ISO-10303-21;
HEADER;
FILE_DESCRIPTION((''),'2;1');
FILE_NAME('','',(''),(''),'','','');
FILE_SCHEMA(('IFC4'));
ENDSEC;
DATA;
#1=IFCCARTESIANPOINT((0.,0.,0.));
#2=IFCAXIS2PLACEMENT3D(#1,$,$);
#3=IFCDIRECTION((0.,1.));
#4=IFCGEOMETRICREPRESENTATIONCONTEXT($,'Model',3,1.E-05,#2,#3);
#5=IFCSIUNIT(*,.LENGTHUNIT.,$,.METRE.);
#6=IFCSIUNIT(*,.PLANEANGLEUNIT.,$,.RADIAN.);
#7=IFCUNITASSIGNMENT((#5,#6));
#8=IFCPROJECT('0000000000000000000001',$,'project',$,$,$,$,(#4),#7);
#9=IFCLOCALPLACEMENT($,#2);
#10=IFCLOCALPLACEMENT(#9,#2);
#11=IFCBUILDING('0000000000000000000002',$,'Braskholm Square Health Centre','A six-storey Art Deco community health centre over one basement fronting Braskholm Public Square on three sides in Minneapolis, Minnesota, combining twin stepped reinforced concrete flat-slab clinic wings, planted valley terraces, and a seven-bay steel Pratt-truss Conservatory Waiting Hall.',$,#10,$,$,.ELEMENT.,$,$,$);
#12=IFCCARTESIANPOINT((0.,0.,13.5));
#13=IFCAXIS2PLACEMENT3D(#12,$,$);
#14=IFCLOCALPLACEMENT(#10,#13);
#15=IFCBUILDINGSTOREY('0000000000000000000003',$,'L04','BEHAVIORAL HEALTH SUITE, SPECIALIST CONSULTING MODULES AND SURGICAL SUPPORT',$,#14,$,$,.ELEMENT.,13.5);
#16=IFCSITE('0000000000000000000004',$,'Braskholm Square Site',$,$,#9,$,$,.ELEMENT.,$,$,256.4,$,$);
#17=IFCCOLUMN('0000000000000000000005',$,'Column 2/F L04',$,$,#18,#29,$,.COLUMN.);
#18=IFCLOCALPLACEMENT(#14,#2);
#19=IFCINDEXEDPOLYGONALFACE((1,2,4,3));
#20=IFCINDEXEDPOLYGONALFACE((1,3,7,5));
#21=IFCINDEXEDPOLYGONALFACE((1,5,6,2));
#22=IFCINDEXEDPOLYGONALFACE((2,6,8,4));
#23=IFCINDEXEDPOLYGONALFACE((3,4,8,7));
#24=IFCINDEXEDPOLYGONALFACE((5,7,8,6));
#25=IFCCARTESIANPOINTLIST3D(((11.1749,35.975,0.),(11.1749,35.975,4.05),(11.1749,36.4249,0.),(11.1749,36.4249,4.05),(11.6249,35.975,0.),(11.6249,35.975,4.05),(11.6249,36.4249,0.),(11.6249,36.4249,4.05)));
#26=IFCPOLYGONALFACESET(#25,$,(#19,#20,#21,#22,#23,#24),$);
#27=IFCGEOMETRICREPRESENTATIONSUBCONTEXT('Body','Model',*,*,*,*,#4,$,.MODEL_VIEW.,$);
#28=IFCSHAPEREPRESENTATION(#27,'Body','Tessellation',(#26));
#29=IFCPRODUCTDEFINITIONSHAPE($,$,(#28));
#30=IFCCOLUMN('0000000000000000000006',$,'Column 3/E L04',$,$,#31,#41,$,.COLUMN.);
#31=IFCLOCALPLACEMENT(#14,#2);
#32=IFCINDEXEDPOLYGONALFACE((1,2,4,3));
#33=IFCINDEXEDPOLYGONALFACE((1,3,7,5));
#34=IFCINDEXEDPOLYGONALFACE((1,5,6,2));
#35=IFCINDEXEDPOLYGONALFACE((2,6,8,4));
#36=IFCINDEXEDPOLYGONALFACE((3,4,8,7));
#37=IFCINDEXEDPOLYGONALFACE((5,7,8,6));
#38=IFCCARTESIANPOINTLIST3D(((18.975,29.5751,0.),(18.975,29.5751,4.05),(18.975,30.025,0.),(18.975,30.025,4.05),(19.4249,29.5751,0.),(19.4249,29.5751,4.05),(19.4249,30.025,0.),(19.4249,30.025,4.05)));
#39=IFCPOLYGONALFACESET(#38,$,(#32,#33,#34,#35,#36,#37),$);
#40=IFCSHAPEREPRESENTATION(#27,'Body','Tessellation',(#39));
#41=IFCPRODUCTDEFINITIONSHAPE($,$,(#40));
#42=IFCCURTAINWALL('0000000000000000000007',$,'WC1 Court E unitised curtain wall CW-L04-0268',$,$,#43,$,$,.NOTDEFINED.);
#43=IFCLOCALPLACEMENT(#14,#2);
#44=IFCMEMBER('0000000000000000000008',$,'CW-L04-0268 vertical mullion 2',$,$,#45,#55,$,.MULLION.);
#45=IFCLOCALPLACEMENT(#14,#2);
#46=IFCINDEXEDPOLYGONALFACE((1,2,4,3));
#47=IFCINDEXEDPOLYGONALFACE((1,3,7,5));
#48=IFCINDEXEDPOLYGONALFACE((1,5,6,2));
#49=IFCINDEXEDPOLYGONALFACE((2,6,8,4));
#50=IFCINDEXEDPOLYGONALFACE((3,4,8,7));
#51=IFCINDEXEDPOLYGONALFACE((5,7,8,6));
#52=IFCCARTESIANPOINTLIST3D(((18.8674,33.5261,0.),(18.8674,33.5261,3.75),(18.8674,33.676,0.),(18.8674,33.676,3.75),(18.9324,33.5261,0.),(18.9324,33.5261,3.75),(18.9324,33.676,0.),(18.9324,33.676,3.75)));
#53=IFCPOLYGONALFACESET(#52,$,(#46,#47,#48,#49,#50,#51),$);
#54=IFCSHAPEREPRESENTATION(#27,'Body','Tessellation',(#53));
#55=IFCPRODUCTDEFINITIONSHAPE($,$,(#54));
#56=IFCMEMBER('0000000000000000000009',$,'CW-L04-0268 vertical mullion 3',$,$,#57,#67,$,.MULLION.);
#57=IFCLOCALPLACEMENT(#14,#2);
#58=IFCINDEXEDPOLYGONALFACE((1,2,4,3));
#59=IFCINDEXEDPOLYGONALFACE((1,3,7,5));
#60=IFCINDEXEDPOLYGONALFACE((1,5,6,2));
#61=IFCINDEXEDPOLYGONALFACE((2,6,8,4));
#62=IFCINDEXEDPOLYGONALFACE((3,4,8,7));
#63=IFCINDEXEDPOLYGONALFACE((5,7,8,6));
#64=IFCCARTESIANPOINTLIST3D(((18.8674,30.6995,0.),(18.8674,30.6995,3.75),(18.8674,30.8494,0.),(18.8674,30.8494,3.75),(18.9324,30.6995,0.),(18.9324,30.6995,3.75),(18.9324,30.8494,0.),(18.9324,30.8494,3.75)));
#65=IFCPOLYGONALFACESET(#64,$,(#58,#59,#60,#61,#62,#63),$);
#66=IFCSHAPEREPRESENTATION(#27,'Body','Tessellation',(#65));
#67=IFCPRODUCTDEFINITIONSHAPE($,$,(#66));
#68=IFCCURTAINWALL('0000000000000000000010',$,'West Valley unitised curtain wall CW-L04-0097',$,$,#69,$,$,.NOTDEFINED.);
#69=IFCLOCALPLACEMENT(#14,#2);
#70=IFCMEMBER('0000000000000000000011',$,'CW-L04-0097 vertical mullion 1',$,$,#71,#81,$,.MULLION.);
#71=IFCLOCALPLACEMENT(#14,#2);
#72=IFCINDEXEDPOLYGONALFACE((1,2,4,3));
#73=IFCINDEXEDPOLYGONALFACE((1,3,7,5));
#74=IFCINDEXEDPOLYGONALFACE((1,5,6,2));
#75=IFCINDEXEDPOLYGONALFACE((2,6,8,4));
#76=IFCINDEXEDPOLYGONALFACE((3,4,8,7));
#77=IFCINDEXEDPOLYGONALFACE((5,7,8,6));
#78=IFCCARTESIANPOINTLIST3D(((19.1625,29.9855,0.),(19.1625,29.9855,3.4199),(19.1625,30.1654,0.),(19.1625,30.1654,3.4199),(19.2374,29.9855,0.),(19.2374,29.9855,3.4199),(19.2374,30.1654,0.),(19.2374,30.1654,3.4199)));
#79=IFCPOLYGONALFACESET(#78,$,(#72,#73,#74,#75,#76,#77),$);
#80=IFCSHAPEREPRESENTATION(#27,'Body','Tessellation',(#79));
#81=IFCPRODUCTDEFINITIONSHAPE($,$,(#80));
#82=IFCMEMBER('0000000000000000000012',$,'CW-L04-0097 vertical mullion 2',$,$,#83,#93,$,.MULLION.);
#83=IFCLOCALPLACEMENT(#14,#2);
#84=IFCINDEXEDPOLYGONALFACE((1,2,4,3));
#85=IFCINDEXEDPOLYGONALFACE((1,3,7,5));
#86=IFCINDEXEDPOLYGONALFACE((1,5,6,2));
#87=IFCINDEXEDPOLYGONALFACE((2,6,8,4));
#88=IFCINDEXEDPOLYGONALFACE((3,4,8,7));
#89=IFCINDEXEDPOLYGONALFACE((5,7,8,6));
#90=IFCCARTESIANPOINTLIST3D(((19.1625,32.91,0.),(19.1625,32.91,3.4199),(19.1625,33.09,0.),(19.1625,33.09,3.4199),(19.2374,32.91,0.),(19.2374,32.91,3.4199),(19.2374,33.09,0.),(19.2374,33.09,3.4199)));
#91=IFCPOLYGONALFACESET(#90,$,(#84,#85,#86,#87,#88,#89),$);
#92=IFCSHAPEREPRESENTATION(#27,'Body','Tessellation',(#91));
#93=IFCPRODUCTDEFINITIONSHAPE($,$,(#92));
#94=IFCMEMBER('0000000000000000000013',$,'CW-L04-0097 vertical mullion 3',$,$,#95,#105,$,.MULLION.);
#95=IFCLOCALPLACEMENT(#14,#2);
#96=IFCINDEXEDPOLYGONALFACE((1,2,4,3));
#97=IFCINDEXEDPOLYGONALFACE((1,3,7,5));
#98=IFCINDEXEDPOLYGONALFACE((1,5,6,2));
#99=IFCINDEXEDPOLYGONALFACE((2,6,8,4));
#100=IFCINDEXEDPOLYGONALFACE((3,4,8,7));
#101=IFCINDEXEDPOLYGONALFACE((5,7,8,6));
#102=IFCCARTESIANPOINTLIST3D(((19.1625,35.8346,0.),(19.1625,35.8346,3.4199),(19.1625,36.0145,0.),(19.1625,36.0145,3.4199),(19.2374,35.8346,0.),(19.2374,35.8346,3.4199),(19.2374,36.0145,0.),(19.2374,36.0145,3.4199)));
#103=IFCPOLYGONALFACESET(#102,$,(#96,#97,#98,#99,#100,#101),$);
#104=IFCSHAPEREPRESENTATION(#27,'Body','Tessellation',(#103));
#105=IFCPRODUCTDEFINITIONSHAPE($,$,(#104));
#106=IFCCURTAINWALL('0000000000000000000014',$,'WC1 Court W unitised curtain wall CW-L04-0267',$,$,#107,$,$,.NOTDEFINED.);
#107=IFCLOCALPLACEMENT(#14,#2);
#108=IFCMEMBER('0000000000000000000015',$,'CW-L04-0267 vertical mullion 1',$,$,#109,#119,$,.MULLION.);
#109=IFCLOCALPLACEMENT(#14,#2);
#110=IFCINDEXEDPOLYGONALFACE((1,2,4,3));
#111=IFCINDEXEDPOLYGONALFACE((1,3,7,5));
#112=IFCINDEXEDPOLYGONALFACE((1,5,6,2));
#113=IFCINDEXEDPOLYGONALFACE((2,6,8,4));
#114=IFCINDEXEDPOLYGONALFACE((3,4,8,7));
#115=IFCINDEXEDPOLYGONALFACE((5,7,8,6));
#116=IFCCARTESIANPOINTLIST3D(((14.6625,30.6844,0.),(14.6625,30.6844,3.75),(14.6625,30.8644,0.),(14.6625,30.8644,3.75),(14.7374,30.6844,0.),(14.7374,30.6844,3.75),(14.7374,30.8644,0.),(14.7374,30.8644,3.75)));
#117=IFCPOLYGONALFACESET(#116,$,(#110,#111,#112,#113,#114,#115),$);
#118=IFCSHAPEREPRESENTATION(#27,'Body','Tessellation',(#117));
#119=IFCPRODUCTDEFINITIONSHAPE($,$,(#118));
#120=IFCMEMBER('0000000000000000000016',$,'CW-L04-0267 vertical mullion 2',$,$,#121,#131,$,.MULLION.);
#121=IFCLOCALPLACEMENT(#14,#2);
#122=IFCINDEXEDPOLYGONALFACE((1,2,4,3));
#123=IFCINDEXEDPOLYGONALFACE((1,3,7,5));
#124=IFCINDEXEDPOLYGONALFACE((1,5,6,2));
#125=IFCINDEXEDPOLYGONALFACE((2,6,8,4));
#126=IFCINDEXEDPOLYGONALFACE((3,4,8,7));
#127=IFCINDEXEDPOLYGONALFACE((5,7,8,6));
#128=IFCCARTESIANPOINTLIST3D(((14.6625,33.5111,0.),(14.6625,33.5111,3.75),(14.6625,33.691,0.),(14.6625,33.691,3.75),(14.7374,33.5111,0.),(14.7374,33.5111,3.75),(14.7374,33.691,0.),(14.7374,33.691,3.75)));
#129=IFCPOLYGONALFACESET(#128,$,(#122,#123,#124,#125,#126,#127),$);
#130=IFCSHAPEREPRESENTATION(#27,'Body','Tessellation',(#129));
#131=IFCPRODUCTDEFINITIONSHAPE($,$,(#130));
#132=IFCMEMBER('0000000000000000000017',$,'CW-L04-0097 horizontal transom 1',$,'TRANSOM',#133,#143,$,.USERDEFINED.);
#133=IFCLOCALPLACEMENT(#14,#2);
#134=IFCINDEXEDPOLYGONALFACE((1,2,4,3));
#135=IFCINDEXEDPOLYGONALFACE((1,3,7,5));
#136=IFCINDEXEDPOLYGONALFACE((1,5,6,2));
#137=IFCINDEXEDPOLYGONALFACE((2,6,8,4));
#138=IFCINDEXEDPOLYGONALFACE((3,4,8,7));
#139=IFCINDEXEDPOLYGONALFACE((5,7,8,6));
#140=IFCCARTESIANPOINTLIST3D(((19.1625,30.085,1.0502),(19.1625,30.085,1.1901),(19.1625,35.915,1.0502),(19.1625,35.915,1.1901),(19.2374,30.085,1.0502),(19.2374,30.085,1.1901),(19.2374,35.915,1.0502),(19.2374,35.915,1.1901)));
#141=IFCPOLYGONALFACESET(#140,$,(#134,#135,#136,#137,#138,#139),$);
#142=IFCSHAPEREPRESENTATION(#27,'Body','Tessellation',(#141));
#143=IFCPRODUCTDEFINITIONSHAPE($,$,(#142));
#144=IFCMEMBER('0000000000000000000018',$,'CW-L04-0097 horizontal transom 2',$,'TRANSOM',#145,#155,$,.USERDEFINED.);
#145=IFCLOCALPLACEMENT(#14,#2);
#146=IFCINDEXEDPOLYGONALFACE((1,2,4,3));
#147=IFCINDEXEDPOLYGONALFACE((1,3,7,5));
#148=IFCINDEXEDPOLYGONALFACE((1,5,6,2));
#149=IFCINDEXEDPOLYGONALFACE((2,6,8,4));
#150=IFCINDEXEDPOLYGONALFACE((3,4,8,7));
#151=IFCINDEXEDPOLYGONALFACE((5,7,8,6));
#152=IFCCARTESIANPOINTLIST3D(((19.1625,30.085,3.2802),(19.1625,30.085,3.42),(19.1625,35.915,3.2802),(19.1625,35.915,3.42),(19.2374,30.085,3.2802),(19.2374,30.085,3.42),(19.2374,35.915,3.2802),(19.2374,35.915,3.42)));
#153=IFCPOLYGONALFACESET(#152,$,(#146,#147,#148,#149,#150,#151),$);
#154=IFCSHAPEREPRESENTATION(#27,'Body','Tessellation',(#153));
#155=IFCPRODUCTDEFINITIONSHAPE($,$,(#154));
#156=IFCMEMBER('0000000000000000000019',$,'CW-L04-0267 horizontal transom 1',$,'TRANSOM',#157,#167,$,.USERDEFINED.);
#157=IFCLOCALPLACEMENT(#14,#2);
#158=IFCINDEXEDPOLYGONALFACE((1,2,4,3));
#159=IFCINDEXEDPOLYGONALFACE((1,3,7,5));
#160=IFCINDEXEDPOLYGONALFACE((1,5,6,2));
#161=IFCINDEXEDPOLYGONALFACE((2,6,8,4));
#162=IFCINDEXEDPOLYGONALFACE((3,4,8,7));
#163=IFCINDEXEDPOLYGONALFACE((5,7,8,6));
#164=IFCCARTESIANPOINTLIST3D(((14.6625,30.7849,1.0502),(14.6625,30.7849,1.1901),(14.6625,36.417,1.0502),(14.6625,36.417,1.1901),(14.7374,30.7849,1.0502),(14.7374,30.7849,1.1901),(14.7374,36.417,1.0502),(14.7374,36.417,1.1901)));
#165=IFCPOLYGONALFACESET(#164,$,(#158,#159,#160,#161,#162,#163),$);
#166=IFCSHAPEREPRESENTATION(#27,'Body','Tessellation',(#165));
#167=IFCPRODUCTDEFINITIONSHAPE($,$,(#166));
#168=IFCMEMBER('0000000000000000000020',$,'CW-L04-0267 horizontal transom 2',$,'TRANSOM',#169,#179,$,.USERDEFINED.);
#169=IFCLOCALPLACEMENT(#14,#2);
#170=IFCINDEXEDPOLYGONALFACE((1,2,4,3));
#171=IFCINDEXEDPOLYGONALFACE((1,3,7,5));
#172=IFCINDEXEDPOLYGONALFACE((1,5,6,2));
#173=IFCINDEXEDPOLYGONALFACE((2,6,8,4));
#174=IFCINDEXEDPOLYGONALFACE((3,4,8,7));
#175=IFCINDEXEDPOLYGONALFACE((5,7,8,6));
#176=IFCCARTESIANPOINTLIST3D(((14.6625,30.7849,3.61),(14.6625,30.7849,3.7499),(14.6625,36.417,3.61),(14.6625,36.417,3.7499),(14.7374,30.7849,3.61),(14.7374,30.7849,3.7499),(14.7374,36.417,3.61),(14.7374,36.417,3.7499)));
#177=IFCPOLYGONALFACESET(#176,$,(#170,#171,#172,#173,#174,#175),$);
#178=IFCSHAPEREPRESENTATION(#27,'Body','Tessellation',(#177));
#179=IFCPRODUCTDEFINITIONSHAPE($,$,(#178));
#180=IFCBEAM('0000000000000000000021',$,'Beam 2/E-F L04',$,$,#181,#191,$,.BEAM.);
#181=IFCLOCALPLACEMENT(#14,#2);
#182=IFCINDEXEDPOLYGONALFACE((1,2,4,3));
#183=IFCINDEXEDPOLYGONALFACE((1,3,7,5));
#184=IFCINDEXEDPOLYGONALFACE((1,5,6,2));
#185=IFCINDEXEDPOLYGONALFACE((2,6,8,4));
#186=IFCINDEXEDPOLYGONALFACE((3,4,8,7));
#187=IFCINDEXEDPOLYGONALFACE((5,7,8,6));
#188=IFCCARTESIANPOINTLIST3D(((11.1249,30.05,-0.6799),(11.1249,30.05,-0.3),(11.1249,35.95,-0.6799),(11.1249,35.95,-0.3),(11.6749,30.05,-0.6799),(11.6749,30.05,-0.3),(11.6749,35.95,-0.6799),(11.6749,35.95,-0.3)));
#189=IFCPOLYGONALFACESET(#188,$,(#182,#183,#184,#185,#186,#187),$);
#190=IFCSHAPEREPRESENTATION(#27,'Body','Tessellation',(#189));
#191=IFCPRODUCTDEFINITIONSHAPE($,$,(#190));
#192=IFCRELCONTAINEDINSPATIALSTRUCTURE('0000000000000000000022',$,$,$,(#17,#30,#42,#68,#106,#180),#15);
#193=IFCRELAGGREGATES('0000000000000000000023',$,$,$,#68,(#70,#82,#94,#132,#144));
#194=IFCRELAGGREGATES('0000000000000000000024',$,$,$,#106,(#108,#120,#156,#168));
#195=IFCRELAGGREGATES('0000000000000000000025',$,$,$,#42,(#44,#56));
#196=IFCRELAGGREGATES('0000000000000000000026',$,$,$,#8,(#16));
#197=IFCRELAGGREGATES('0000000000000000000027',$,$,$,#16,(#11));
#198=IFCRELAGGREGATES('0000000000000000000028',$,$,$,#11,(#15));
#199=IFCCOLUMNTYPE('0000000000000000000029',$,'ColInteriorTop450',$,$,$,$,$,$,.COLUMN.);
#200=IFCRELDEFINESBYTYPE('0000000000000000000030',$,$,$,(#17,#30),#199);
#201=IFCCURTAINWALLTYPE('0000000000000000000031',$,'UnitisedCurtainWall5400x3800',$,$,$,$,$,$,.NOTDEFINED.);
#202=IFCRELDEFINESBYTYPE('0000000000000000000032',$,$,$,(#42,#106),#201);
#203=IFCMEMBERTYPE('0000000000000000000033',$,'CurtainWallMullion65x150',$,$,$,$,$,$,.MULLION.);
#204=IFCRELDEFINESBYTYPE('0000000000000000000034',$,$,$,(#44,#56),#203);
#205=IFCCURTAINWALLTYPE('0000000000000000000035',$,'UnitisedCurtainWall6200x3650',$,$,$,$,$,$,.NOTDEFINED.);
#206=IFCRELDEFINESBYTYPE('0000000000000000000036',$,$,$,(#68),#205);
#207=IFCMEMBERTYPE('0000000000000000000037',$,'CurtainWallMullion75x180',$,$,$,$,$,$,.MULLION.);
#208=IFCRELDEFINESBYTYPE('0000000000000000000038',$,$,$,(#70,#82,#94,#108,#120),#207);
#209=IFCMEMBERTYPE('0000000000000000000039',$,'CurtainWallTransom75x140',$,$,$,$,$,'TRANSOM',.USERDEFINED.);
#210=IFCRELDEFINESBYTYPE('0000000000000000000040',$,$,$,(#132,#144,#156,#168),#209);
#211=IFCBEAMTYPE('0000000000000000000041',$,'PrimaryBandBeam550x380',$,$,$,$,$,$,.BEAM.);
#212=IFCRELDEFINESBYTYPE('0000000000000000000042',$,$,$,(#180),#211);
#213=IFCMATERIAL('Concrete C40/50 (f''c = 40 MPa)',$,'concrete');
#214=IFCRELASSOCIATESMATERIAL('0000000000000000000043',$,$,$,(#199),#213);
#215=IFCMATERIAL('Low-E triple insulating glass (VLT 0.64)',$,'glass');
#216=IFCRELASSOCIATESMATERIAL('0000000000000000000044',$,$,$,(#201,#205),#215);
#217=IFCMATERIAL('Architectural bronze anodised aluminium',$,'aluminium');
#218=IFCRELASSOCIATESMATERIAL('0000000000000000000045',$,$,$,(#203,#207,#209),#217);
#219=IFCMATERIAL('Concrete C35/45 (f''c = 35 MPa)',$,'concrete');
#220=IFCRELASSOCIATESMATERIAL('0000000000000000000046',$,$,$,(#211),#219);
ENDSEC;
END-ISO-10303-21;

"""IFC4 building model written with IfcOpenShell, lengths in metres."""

from ifc_helpers import new_model, si_unit, direction, frame, origin, origin_2d, place, context, subcontext, project, spatial, rectangle, extrude, material, material_profile, profile_set, type_object, element, aggregate, save


model = new_model("IFC4")

# Units and contexts
model_context = context("Model", 3, precision=1e-05, world=origin(), true_north=direction((0.0, 1.0)))
body_context = subcontext(model_context, "Body", "Model", "MODEL_VIEW")
ifc_project = project(units=[si_unit("LENGTHUNIT", "METRE"), si_unit("PLANEANGLEUNIT", "RADIAN")], contexts=[model_context])

# Site, building, storey
site_placement = place(None, origin())
site = spatial("IfcSite", under=ifc_project, at=site_placement, Name="Braskholm Square Site", CompositionType="ELEMENT", RefElevation=256.4)
building_placement = place(site_placement, origin())
building = spatial("IfcBuilding", under=site, at=building_placement, Name="Braskholm Square Health Centre", Description="A six-storey Art Deco community health centre over one basement fronting Braskholm Public Square on three sides in Minneapolis, Minnesota, combining twin stepped reinforced concrete flat-slab clinic wings, planted valley terraces, and a seven-bay steel Pratt-truss Conservatory Waiting Hall.", CompositionType="ELEMENT")
storey_placement = place(building_placement, frame((0.0, 0.0, 13.5)))
storey = spatial("IfcBuildingStorey", under=building, at=storey_placement, Name="L04", Description="BEHAVIORAL HEALTH SUITE, SPECIALIST CONSULTING MODULES AND SURGICAL SUPPORT", CompositionType="ELEMENT", Elevation=13.5)

# Columns
ifc_material_1 = material(Name="Concrete C40/50 (f'c = 40 MPa)", Category="concrete")
ifc_material_profile_1 = material_profile(ifc_material_1, rectangle(XDim=0.45, YDim=0.45, at=origin_2d()), Name="RC-450X450")
ifc_profile_set_1 = profile_set([ifc_material_profile_1], Name="Concrete C40/50 (f'c = 40 MPa)")
column_type = type_object("IfcColumnType", Name="ColInteriorTop450", PredefinedType="COLUMN", material=ifc_profile_set_1)
for number, where, z_axis, x_axis, name in (
    (1, (11.3999, 36.2, 0.0), (0.0, 0.0, 1.0), (1.0, 0.0, 0.0), "Column 2/F L04"),
    (2, (19.2, 29.8, 0.0), (0.0, 0.0, 1.0), (1.0, 0.0, 0.0), "Column 3/E L04"),
):
    element("IfcColumn", number, at=place(storey_placement, frame(where, z_axis=z_axis, x_axis=x_axis)), inside=storey, type_object=column_type, Name=name, PredefinedType="COLUMN", context=body_context, shape_type="SweptSolid", body=[
        extrude(rectangle(XDim=0.45, YDim=0.45, at=origin_2d()), origin(), (0.0, 0.0, 1.0), 4.05),
    ])

# Curtain walls, members
ifc_material_2 = material(Name="Low-E triple insulating glass (VLT 0.64)", Category="glass")
curtain_wall_type_1 = type_object("IfcCurtainWallType", Name="UnitisedCurtainWall5400x3800", PredefinedType="NOTDEFINED", material=ifc_material_2)
curtain_wall_1_placement = place(storey_placement, origin())
curtain_wall_1 = element("IfcCurtainWall", 3, at=curtain_wall_1_placement, inside=storey, type_object=curtain_wall_type_1, Name="WC1 Court E unitised curtain wall CW-L04-0268", PredefinedType="NOTDEFINED")
ifc_material_3 = material(Name="Architectural bronze anodised aluminium", Category="aluminium")
ifc_material_profile_2 = material_profile(ifc_material_3, rectangle(XDim=0.0649, YDim=0.1499, at=origin_2d()), Name="ALU-65X150")
ifc_profile_set_2 = profile_set([ifc_material_profile_2], Name="Architectural bronze anodised aluminium")
member_type_1 = type_object("IfcMemberType", Name="CurtainWallMullion65x150", PredefinedType="MULLION", material=ifc_profile_set_2)
member_1_placement = place(storey_placement, frame((18.8999, 33.6011, 0.0), z_axis=(0.0, 0.0, 1.0), x_axis=(1.0, 0.0, 0.0)))
member_1 = element("IfcMember", 4, at=member_1_placement, type_object=member_type_1, Name="CW-L04-0268 vertical mullion 2", PredefinedType="MULLION", context=body_context, shape_type="SweptSolid", body=[
    extrude(rectangle(XDim=0.0649, YDim=0.1499, at=origin_2d()), origin(), (0.0, 0.0, 1.0), 3.75),
])
member_2_placement = place(storey_placement, frame((18.8999, 30.7744, 0.0), z_axis=(0.0, 0.0, 1.0), x_axis=(1.0, 0.0, 0.0)))
member_2 = element("IfcMember", 5, at=member_2_placement, type_object=member_type_1, Name="CW-L04-0268 vertical mullion 3", PredefinedType="MULLION", context=body_context, shape_type="SweptSolid", body=[
    extrude(rectangle(XDim=0.0649, YDim=0.1499, at=origin_2d()), origin(), (0.0, 0.0, 1.0), 3.75),
])
curtain_wall_type_2 = type_object("IfcCurtainWallType", Name="UnitisedCurtainWall6200x3650", PredefinedType="NOTDEFINED", material=ifc_material_2)
curtain_wall_2_placement = place(storey_placement, origin())
curtain_wall_2 = element("IfcCurtainWall", 6, at=curtain_wall_2_placement, inside=storey, type_object=curtain_wall_type_2, Name="West Valley unitised curtain wall CW-L04-0097", PredefinedType="NOTDEFINED")
ifc_material_profile_3 = material_profile(ifc_material_3, rectangle(XDim=0.075, YDim=0.1799, at=origin_2d()), Name="ALU-75X180")
ifc_profile_set_3 = profile_set([ifc_material_profile_3], Name="Architectural bronze anodised aluminium")
member_type_2 = type_object("IfcMemberType", Name="CurtainWallMullion75x180", PredefinedType="MULLION", material=ifc_profile_set_3)
member_3_placement = place(storey_placement, frame((19.2, 30.0754, 0.0), z_axis=(0.0, 0.0, 1.0), x_axis=(1.0, 0.0, 0.0)))
member_3 = element("IfcMember", 7, at=member_3_placement, type_object=member_type_2, Name="CW-L04-0097 vertical mullion 1", PredefinedType="MULLION", context=body_context, shape_type="SweptSolid", body=[
    extrude(rectangle(XDim=0.075, YDim=0.1799, at=origin_2d()), origin(), (0.0, 0.0, 1.0), 3.4199),
])
member_4_placement = place(storey_placement, frame((19.2, 33.0, 0.0), z_axis=(0.0, 0.0, 1.0), x_axis=(1.0, 0.0, 0.0)))
member_4 = element("IfcMember", 8, at=member_4_placement, type_object=member_type_2, Name="CW-L04-0097 vertical mullion 2", PredefinedType="MULLION", context=body_context, shape_type="SweptSolid", body=[
    extrude(rectangle(XDim=0.075, YDim=0.1799, at=origin_2d()), origin(), (0.0, 0.0, 1.0), 3.4199),
])
member_5_placement = place(storey_placement, frame((19.2, 35.9246, 0.0), z_axis=(0.0, 0.0, 1.0), x_axis=(1.0, 0.0, 0.0)))
member_5 = element("IfcMember", 9, at=member_5_placement, type_object=member_type_2, Name="CW-L04-0097 vertical mullion 3", PredefinedType="MULLION", context=body_context, shape_type="SweptSolid", body=[
    extrude(rectangle(XDim=0.075, YDim=0.1799, at=origin_2d()), origin(), (0.0, 0.0, 1.0), 3.4199),
])
curtain_wall_3_placement = place(storey_placement, origin())
curtain_wall_3 = element("IfcCurtainWall", 10, at=curtain_wall_3_placement, inside=storey, type_object=curtain_wall_type_1, Name="WC1 Court W unitised curtain wall CW-L04-0267", PredefinedType="NOTDEFINED")
member_6_placement = place(storey_placement, frame((14.7, 30.7744, 0.0), z_axis=(0.0, 0.0, 1.0), x_axis=(1.0, 0.0, 0.0)))
member_6 = element("IfcMember", 11, at=member_6_placement, type_object=member_type_2, Name="CW-L04-0267 vertical mullion 1", PredefinedType="MULLION", context=body_context, shape_type="SweptSolid", body=[
    extrude(rectangle(XDim=0.075, YDim=0.1799, at=origin_2d()), origin(), (0.0, 0.0, 1.0), 3.75),
])
member_7_placement = place(storey_placement, frame((14.7, 33.6011, 0.0), z_axis=(0.0, 0.0, 1.0), x_axis=(1.0, 0.0, 0.0)))
member_7 = element("IfcMember", 12, at=member_7_placement, type_object=member_type_2, Name="CW-L04-0267 vertical mullion 2", PredefinedType="MULLION", context=body_context, shape_type="SweptSolid", body=[
    extrude(rectangle(XDim=0.075, YDim=0.1799, at=origin_2d()), origin(), (0.0, 0.0, 1.0), 3.75),
])

# Members
ifc_material_profile_4 = material_profile(ifc_material_3, rectangle(XDim=0.075, YDim=0.1399, at=origin_2d()), Name="ALU-75X140")
ifc_profile_set_4 = profile_set([ifc_material_profile_4], Name="Architectural bronze anodised aluminium")
member_type_3 = type_object("IfcMemberType", Name="CurtainWallTransom75x140", ElementType="TRANSOM", PredefinedType="USERDEFINED", material=ifc_profile_set_4)
member_8_placement = place(storey_placement, frame((19.2, 30.085, 1.1201), z_axis=(0.0, 1.0, 0.0), x_axis=(-1.0, 0.0, 0.0)))
member_8 = element("IfcMember", 13, at=member_8_placement, type_object=member_type_3, Name="CW-L04-0097 horizontal transom 1", ObjectType="TRANSOM", PredefinedType="USERDEFINED", context=body_context, shape_type="SweptSolid", body=[
    extrude(rectangle(XDim=0.075, YDim=0.1399, at=origin_2d()), origin(), (0.0, 0.0, 1.0), 5.8301),
])
member_9_placement = place(storey_placement, frame((19.2, 30.085, 3.3501), z_axis=(0.0, 1.0, 0.0), x_axis=(-1.0, 0.0, 0.0)))
member_9 = element("IfcMember", 14, at=member_9_placement, type_object=member_type_3, Name="CW-L04-0097 horizontal transom 2", ObjectType="TRANSOM", PredefinedType="USERDEFINED", context=body_context, shape_type="SweptSolid", body=[
    extrude(rectangle(XDim=0.075, YDim=0.1399, at=origin_2d()), origin(), (0.0, 0.0, 1.0), 5.8301),
])
member_10_placement = place(storey_placement, frame((14.7, 30.7849, 1.1201), z_axis=(0.0, 1.0, 0.0), x_axis=(-1.0, 0.0, 0.0)))
member_10 = element("IfcMember", 15, at=member_10_placement, type_object=member_type_3, Name="CW-L04-0267 horizontal transom 1", ObjectType="TRANSOM", PredefinedType="USERDEFINED", context=body_context, shape_type="SweptSolid", body=[
    extrude(rectangle(XDim=0.075, YDim=0.1399, at=origin_2d()), origin(), (0.0, 0.0, 1.0), 5.6321),
])
member_11_placement = place(storey_placement, frame((14.7, 30.7849, 3.6799), z_axis=(0.0, 1.0, 0.0), x_axis=(-1.0, 0.0, 0.0)))
member_11 = element("IfcMember", 16, at=member_11_placement, type_object=member_type_3, Name="CW-L04-0267 horizontal transom 2", ObjectType="TRANSOM", PredefinedType="USERDEFINED", context=body_context, shape_type="SweptSolid", body=[
    extrude(rectangle(XDim=0.075, YDim=0.1399, at=origin_2d()), origin(), (0.0, 0.0, 1.0), 5.6321),
])

# Beam
ifc_material_4 = material(Name="Concrete C35/45 (f'c = 35 MPa)", Category="concrete")
ifc_material_profile_5 = material_profile(ifc_material_4, rectangle(XDim=0.55, YDim=0.3799, at=origin_2d()), Name="RCB-550X380")
ifc_profile_set_5 = profile_set([ifc_material_profile_5], Name="Concrete C35/45 (f'c = 35 MPa)")
beam_type_1 = type_object("IfcBeamType", Name="PrimaryBandBeam550x380", PredefinedType="BEAM", material=ifc_profile_set_5)
for number, where, z_axis, x_axis, name in (
    (17, (11.3999, 30.05, -0.49), (0.0, 1.0, 0.0), (-1.0, 0.0, 0.0), "Beam 2/E-F L04"),
):
    element("IfcBeam", number, at=place(storey_placement, frame(where, z_axis=z_axis, x_axis=x_axis)), inside=storey, type_object=beam_type_1, Name=name, PredefinedType="BEAM", context=body_context, shape_type="SweptSolid", body=[
        extrude(rectangle(XDim=0.55, YDim=0.3799, at=origin_2d()), origin(), (0.0, 0.0, 1.0), 5.8999),
    ])

aggregate(curtain_wall_2, [member_3, member_4, member_5, member_8, member_9])
aggregate(curtain_wall_3, [member_6, member_7, member_10, member_11])
aggregate(curtain_wall_1, [member_1, member_2])

save(model, "model.ifc")
